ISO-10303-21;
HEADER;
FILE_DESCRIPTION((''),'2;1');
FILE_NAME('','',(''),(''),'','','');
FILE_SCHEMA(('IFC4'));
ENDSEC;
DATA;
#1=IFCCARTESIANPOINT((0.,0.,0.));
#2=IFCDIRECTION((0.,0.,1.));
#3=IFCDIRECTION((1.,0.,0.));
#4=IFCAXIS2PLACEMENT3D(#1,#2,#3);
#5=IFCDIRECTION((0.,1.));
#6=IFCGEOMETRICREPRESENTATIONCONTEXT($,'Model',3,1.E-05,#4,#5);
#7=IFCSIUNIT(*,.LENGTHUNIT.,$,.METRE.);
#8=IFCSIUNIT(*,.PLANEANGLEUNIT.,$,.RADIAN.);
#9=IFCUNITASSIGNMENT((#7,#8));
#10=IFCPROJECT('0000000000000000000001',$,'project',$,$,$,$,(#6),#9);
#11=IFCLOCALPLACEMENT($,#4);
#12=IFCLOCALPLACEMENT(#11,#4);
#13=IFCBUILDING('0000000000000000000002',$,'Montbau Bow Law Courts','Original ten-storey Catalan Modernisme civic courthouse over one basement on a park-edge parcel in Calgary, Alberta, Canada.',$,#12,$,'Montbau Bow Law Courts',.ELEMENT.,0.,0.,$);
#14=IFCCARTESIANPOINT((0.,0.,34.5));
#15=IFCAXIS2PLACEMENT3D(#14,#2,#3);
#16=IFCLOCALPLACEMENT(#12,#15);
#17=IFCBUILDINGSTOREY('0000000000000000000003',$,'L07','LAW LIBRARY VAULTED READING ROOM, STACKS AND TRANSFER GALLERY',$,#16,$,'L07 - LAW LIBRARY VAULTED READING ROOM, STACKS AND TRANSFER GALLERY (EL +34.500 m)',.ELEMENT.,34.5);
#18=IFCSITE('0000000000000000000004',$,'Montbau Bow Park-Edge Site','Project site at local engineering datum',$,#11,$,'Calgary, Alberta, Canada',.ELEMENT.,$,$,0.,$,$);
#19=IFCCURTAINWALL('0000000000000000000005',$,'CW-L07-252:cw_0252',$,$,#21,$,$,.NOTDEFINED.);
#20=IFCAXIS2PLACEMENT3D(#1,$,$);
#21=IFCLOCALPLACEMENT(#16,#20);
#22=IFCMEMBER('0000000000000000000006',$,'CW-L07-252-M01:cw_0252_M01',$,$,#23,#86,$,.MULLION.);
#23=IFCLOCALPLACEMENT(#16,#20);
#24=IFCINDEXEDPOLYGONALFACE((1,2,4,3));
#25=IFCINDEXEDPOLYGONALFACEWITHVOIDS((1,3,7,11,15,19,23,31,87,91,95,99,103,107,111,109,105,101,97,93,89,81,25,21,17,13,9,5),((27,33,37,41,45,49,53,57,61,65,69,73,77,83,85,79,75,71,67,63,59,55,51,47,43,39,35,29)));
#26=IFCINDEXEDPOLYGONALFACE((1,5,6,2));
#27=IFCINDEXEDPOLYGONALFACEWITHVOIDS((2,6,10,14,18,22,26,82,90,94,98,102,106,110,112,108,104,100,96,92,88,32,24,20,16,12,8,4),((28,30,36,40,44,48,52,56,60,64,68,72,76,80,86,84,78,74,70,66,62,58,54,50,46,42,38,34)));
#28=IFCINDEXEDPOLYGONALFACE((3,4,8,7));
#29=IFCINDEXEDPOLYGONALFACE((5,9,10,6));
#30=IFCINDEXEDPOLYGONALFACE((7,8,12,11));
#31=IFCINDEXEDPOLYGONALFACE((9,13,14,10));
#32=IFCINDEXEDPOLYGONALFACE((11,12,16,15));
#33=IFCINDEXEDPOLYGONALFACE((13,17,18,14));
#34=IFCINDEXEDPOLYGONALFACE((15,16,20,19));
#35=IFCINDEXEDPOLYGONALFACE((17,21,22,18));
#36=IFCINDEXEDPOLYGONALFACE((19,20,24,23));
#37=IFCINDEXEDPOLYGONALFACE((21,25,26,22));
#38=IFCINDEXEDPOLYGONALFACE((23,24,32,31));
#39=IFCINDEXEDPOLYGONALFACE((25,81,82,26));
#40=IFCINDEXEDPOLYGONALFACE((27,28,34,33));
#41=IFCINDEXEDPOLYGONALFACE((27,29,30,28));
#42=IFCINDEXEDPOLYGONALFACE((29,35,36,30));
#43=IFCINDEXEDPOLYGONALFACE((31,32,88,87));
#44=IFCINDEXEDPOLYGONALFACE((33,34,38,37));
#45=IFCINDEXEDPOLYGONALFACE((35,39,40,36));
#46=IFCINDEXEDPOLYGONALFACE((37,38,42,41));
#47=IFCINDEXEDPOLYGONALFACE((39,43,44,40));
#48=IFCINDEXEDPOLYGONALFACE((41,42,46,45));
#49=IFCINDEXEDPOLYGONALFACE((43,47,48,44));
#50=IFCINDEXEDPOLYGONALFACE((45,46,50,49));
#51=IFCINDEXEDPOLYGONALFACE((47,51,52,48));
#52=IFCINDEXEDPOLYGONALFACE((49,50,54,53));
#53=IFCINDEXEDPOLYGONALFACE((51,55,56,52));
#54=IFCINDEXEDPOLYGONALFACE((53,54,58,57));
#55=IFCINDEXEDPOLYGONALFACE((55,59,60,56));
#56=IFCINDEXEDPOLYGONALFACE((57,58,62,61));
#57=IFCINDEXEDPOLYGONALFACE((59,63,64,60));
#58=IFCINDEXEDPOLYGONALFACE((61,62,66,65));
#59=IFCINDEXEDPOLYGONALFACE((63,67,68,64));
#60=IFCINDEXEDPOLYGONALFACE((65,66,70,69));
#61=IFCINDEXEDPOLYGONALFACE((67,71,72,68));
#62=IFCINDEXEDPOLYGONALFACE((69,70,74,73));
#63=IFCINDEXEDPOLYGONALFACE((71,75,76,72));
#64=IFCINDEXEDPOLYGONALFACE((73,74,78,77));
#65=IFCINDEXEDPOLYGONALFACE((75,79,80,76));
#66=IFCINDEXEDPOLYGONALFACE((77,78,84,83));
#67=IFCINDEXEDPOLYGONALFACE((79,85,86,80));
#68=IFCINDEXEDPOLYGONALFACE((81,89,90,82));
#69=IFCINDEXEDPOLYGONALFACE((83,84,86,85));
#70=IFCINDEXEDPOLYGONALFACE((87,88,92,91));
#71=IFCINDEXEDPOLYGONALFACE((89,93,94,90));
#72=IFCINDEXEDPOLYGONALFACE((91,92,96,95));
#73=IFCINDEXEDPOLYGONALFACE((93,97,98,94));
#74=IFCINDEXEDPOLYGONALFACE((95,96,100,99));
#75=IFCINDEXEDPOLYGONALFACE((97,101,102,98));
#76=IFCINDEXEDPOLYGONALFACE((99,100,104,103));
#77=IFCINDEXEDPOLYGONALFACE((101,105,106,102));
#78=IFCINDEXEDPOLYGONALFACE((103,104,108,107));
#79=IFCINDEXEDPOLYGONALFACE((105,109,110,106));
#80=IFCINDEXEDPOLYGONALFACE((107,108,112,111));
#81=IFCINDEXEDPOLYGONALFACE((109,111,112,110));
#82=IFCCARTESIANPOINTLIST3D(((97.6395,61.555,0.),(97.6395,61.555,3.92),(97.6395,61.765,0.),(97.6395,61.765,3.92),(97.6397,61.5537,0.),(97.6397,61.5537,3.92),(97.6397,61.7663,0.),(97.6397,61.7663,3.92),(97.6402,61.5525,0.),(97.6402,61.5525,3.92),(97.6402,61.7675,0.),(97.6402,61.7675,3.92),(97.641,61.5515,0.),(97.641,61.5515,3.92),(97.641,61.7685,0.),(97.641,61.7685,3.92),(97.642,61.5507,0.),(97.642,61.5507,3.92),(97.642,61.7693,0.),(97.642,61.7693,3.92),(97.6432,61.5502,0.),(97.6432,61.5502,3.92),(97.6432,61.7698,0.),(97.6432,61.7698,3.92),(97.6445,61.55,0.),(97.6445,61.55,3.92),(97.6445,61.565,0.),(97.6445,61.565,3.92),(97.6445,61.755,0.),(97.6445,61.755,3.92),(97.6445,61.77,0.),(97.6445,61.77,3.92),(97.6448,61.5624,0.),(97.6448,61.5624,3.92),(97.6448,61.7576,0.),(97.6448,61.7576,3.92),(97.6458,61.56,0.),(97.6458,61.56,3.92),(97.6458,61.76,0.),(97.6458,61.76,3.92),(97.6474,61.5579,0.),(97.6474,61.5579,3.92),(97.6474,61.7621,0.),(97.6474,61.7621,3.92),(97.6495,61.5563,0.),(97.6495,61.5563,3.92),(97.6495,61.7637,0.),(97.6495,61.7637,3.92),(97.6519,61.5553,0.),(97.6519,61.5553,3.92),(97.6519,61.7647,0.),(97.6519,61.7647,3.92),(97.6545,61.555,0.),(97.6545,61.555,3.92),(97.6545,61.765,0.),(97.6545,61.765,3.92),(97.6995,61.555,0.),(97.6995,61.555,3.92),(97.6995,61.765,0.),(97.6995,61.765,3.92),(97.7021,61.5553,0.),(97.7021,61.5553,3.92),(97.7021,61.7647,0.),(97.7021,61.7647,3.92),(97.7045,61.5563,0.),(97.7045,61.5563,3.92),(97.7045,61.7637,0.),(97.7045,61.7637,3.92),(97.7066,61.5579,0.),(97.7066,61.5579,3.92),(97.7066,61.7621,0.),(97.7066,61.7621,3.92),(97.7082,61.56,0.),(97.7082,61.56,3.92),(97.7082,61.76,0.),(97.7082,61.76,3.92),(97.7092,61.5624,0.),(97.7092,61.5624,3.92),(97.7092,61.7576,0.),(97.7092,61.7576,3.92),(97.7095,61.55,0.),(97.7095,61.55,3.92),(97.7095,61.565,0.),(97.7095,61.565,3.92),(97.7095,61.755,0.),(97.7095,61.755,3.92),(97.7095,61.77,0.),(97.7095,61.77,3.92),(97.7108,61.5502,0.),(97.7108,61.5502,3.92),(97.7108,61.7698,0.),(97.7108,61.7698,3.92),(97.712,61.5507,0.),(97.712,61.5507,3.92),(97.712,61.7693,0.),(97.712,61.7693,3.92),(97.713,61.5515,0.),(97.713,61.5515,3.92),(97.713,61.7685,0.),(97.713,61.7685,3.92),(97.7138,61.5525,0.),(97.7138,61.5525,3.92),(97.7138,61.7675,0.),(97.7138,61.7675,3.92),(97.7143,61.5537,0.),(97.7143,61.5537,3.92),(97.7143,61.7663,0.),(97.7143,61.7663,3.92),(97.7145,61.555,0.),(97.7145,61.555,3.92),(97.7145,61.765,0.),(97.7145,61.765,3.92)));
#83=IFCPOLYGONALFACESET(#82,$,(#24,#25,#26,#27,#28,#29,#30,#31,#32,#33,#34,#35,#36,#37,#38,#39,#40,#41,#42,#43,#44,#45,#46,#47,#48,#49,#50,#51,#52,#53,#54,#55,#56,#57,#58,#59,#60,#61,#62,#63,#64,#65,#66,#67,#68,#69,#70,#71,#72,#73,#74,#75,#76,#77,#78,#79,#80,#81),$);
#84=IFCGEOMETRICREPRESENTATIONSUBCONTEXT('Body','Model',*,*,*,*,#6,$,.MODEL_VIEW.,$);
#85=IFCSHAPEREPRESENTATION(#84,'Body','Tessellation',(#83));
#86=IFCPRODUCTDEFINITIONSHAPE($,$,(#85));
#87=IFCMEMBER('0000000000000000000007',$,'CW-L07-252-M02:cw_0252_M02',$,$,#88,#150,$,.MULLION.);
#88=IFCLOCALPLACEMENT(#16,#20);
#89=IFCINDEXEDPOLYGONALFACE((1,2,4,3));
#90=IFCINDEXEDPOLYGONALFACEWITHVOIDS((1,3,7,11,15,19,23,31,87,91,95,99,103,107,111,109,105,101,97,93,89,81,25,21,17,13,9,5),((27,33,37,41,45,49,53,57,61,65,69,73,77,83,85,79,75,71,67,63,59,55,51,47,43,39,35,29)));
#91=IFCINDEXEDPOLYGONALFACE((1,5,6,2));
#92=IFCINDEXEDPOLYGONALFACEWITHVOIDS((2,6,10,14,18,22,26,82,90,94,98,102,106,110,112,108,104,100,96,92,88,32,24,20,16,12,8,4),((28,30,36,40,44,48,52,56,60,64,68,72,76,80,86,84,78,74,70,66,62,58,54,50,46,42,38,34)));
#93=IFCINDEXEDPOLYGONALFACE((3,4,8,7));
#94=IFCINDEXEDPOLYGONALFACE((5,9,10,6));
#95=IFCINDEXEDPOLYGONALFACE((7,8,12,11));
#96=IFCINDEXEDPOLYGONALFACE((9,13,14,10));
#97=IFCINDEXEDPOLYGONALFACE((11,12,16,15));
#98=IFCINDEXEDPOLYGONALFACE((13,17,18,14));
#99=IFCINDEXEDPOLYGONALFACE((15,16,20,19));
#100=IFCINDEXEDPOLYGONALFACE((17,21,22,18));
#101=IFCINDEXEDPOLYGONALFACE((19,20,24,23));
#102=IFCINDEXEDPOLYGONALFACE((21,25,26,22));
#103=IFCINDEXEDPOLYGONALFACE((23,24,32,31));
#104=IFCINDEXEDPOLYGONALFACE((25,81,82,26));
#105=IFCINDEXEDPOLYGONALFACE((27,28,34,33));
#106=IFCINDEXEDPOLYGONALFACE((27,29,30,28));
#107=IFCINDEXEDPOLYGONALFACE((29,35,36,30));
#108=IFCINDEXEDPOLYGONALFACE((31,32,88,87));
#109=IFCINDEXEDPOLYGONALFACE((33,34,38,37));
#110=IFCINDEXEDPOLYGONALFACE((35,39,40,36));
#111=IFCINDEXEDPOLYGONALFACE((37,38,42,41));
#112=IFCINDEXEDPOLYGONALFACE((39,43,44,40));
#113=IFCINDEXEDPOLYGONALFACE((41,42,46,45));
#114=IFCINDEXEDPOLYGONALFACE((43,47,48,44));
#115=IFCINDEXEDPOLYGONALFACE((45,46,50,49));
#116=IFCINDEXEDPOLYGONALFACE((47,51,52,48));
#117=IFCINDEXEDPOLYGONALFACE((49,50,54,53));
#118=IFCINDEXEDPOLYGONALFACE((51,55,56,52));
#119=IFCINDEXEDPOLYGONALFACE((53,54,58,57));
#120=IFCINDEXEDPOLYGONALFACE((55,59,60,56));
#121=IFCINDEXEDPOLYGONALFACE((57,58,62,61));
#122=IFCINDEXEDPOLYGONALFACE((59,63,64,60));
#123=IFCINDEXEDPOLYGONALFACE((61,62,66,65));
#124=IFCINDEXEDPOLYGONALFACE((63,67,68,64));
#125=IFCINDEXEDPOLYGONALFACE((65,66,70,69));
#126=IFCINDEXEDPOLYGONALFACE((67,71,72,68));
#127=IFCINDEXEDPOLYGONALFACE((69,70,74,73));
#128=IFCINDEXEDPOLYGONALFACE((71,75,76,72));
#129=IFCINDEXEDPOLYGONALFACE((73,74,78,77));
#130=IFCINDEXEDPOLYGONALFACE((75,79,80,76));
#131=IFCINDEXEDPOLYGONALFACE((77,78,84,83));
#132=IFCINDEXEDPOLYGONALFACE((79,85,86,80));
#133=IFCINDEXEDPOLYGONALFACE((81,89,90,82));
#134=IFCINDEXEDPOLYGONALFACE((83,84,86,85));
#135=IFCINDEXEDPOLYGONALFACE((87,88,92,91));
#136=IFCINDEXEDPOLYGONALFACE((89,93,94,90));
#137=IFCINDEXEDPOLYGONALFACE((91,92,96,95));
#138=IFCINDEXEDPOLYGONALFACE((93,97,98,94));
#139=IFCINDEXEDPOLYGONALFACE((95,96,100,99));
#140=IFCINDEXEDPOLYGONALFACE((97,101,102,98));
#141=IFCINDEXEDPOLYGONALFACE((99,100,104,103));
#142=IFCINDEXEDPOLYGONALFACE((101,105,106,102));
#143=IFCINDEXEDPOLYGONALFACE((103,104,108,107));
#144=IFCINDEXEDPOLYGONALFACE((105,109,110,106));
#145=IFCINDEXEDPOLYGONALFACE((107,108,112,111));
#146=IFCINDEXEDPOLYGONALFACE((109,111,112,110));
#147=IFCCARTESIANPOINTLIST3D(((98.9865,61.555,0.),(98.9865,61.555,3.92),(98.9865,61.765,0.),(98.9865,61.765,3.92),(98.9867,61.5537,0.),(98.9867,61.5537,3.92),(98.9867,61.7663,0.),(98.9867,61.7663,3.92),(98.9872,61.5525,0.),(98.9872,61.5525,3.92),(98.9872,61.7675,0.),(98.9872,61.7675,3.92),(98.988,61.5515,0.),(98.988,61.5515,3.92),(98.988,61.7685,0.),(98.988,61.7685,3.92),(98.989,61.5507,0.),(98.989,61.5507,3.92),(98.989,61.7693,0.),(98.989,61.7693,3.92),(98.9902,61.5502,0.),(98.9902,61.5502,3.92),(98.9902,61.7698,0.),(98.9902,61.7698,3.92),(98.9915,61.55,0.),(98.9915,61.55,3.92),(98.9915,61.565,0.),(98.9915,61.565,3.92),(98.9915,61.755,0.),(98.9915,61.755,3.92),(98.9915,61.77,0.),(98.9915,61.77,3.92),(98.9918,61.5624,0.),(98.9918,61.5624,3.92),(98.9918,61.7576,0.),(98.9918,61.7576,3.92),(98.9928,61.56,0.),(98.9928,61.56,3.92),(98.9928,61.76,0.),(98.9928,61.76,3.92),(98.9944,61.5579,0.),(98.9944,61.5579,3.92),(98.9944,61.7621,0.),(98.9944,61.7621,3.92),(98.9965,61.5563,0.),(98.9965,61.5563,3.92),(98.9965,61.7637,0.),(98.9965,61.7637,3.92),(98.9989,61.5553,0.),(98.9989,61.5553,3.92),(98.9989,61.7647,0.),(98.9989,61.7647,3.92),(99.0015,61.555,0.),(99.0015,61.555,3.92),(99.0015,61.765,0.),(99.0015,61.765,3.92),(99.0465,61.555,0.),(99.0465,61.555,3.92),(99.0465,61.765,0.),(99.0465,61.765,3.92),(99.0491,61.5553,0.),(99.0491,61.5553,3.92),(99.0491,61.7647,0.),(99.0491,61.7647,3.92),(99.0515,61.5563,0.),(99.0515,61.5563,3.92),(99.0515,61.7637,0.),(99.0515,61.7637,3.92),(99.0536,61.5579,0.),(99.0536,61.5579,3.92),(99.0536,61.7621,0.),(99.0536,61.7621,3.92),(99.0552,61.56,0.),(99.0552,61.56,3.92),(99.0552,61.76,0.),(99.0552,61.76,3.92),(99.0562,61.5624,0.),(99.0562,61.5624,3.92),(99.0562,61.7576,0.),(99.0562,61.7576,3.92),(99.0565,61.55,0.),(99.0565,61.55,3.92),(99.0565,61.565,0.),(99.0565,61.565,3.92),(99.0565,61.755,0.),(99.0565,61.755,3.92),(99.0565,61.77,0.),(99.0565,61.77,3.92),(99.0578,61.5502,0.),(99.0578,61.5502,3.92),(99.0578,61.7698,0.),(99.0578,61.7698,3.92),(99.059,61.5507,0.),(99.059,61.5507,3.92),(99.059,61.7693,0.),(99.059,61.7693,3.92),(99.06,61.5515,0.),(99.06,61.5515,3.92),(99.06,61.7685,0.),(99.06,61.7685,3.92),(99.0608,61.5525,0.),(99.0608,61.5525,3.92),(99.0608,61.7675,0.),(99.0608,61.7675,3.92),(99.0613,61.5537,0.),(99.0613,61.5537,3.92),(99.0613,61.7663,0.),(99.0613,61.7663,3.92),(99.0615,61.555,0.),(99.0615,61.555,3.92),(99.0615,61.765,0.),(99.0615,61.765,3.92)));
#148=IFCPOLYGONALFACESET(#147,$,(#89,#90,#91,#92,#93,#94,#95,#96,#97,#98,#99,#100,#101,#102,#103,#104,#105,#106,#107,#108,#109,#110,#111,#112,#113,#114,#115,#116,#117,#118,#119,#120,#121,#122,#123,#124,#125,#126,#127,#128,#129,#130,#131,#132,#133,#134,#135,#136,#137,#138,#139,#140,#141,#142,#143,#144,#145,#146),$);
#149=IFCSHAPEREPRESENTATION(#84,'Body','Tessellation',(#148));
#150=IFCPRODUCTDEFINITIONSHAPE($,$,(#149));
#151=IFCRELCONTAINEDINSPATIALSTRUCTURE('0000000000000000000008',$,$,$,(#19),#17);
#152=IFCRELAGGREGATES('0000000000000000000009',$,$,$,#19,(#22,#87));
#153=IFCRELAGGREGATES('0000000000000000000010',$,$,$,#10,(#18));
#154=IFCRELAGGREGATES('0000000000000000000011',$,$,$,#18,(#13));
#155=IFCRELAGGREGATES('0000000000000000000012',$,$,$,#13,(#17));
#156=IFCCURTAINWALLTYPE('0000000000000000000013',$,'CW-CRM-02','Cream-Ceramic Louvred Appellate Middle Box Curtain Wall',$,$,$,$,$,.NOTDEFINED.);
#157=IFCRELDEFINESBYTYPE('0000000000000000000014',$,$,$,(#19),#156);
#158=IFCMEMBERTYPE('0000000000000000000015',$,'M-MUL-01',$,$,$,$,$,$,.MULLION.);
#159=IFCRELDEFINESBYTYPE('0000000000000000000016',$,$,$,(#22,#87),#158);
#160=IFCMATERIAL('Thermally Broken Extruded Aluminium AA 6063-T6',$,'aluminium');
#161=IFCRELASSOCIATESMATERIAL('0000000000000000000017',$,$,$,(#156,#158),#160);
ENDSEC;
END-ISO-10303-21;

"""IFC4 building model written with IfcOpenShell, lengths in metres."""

from ifc_helpers import new_model, si_unit, direction, frame, origin_with_axes, origin_2d_with_axis, place, context, subcontext, project, spatial, hollow_rectangle, extrude, material, material_profile, profile_set, type_object, element, aggregate, save


model = new_model("IFC4")

# Units and contexts
model_context = context("Model", 3, precision=1e-05, world=origin_with_axes(), true_north=direction((0.0, 1.0)))
body_context = subcontext(model_context, "Body", "Model", "MODEL_VIEW")
ifc_project = project(units=[si_unit("LENGTHUNIT", "METRE"), si_unit("PLANEANGLEUNIT", "RADIAN")], contexts=[model_context])

# Site, building, storey
site_placement = place(None, origin_with_axes())
site = spatial("IfcSite", under=ifc_project, at=site_placement, Name="Montbau Bow Park-Edge Site", Description="Project site at local engineering datum", LongName="Calgary, Alberta, Canada", CompositionType="ELEMENT", RefElevation=0.0)
building_placement = place(site_placement, origin_with_axes())
building = spatial("IfcBuilding", under=site, at=building_placement, Name="Montbau Bow Law Courts", Description="Original ten-storey Catalan Modernisme civic courthouse over one basement on a park-edge parcel in Calgary, Alberta, Canada.", LongName="Montbau Bow Law Courts", CompositionType="ELEMENT", ElevationOfRefHeight=0.0, ElevationOfTerrain=0.0)
storey_placement = place(building_placement, frame((0.0, 0.0, 34.5), z_axis=(0.0, 0.0, 1.0), x_axis=(1.0, 0.0, 0.0)))
storey = spatial("IfcBuildingStorey", under=building, at=storey_placement, Name="L07", Description="LAW LIBRARY VAULTED READING ROOM, STACKS AND TRANSFER GALLERY", LongName="L07 - LAW LIBRARY VAULTED READING ROOM, STACKS AND TRANSFER GALLERY (EL +34.500 m)", CompositionType="ELEMENT", Elevation=34.5)

# Curtain wall, members
ifc_material_1 = material(Name="Thermally Broken Extruded Aluminium AA 6063-T6", Category="aluminium")
curtain_wall_type = type_object("IfcCurtainWallType", Name="CW-CRM-02", Description="Cream-Ceramic Louvred Appellate Middle Box Curtain Wall", PredefinedType="NOTDEFINED", material=ifc_material_1)
curtain_wall_1_placement = place(None, frame((97.64, 61.66, 34.5), z_axis=(0.0, 0.0, 1.0), x_axis=(1.0, 0.0, 0.0)))
curtain_wall_1 = element("IfcCurtainWall", 1, at=curtain_wall_1_placement, inside=storey, type_object=curtain_wall_type, Name="CW-L07-252:cw_0252", PredefinedType="NOTDEFINED")
ifc_material_profile_1 = material_profile(ifc_material_1, hollow_rectangle(XDim=0.075, YDim=0.22, WallThickness=0.005, InnerFilletRadius=0.01, OuterFilletRadius=0.005, at=origin_2d_with_axis()), Name="CWM-220X75", Category="Main", Priority=0)
ifc_profile_set_1 = profile_set([ifc_material_profile_1], Name="Thermally Broken Extruded Aluminium AA 6063-T6")
member_type_1 = type_object("IfcMemberType", Name="M-MUL-01", PredefinedType="MULLION", material=ifc_profile_set_1)
member_1_placement = place(None, frame((97.677, 61.66, 34.5), z_axis=(0.0, 0.0, 1.0), x_axis=(1.0, 0.0, 0.0)))
member_1 = element("IfcMember", 2, at=member_1_placement, type_object=member_type_1, Name="CW-L07-252-M01:cw_0252_M01", PredefinedType="MULLION", context=body_context, shape_type="SweptSolid", body=[
    extrude(hollow_rectangle(XDim=0.075, YDim=0.22, WallThickness=0.005, InnerFilletRadius=0.01, OuterFilletRadius=0.005, at=origin_2d_with_axis()), origin_with_axes(), (0.0, 0.0, 1.0), 3.92),
])
member_2_placement = place(None, frame((99.024, 61.66, 34.5), z_axis=(0.0, 0.0, 1.0), x_axis=(1.0, 0.0, 0.0)))
member_2 = element("IfcMember", 3, at=member_2_placement, type_object=member_type_1, Name="CW-L07-252-M02:cw_0252_M02", PredefinedType="MULLION", context=body_context, shape_type="SweptSolid", body=[
    extrude(hollow_rectangle(XDim=0.075, YDim=0.22, WallThickness=0.005, InnerFilletRadius=0.01, OuterFilletRadius=0.005, at=origin_2d_with_axis()), origin_with_axes(), (0.0, 0.0, 1.0), 3.92),
])

aggregate(curtain_wall_1, [member_1, member_2])

save(model, "model.ifc")
